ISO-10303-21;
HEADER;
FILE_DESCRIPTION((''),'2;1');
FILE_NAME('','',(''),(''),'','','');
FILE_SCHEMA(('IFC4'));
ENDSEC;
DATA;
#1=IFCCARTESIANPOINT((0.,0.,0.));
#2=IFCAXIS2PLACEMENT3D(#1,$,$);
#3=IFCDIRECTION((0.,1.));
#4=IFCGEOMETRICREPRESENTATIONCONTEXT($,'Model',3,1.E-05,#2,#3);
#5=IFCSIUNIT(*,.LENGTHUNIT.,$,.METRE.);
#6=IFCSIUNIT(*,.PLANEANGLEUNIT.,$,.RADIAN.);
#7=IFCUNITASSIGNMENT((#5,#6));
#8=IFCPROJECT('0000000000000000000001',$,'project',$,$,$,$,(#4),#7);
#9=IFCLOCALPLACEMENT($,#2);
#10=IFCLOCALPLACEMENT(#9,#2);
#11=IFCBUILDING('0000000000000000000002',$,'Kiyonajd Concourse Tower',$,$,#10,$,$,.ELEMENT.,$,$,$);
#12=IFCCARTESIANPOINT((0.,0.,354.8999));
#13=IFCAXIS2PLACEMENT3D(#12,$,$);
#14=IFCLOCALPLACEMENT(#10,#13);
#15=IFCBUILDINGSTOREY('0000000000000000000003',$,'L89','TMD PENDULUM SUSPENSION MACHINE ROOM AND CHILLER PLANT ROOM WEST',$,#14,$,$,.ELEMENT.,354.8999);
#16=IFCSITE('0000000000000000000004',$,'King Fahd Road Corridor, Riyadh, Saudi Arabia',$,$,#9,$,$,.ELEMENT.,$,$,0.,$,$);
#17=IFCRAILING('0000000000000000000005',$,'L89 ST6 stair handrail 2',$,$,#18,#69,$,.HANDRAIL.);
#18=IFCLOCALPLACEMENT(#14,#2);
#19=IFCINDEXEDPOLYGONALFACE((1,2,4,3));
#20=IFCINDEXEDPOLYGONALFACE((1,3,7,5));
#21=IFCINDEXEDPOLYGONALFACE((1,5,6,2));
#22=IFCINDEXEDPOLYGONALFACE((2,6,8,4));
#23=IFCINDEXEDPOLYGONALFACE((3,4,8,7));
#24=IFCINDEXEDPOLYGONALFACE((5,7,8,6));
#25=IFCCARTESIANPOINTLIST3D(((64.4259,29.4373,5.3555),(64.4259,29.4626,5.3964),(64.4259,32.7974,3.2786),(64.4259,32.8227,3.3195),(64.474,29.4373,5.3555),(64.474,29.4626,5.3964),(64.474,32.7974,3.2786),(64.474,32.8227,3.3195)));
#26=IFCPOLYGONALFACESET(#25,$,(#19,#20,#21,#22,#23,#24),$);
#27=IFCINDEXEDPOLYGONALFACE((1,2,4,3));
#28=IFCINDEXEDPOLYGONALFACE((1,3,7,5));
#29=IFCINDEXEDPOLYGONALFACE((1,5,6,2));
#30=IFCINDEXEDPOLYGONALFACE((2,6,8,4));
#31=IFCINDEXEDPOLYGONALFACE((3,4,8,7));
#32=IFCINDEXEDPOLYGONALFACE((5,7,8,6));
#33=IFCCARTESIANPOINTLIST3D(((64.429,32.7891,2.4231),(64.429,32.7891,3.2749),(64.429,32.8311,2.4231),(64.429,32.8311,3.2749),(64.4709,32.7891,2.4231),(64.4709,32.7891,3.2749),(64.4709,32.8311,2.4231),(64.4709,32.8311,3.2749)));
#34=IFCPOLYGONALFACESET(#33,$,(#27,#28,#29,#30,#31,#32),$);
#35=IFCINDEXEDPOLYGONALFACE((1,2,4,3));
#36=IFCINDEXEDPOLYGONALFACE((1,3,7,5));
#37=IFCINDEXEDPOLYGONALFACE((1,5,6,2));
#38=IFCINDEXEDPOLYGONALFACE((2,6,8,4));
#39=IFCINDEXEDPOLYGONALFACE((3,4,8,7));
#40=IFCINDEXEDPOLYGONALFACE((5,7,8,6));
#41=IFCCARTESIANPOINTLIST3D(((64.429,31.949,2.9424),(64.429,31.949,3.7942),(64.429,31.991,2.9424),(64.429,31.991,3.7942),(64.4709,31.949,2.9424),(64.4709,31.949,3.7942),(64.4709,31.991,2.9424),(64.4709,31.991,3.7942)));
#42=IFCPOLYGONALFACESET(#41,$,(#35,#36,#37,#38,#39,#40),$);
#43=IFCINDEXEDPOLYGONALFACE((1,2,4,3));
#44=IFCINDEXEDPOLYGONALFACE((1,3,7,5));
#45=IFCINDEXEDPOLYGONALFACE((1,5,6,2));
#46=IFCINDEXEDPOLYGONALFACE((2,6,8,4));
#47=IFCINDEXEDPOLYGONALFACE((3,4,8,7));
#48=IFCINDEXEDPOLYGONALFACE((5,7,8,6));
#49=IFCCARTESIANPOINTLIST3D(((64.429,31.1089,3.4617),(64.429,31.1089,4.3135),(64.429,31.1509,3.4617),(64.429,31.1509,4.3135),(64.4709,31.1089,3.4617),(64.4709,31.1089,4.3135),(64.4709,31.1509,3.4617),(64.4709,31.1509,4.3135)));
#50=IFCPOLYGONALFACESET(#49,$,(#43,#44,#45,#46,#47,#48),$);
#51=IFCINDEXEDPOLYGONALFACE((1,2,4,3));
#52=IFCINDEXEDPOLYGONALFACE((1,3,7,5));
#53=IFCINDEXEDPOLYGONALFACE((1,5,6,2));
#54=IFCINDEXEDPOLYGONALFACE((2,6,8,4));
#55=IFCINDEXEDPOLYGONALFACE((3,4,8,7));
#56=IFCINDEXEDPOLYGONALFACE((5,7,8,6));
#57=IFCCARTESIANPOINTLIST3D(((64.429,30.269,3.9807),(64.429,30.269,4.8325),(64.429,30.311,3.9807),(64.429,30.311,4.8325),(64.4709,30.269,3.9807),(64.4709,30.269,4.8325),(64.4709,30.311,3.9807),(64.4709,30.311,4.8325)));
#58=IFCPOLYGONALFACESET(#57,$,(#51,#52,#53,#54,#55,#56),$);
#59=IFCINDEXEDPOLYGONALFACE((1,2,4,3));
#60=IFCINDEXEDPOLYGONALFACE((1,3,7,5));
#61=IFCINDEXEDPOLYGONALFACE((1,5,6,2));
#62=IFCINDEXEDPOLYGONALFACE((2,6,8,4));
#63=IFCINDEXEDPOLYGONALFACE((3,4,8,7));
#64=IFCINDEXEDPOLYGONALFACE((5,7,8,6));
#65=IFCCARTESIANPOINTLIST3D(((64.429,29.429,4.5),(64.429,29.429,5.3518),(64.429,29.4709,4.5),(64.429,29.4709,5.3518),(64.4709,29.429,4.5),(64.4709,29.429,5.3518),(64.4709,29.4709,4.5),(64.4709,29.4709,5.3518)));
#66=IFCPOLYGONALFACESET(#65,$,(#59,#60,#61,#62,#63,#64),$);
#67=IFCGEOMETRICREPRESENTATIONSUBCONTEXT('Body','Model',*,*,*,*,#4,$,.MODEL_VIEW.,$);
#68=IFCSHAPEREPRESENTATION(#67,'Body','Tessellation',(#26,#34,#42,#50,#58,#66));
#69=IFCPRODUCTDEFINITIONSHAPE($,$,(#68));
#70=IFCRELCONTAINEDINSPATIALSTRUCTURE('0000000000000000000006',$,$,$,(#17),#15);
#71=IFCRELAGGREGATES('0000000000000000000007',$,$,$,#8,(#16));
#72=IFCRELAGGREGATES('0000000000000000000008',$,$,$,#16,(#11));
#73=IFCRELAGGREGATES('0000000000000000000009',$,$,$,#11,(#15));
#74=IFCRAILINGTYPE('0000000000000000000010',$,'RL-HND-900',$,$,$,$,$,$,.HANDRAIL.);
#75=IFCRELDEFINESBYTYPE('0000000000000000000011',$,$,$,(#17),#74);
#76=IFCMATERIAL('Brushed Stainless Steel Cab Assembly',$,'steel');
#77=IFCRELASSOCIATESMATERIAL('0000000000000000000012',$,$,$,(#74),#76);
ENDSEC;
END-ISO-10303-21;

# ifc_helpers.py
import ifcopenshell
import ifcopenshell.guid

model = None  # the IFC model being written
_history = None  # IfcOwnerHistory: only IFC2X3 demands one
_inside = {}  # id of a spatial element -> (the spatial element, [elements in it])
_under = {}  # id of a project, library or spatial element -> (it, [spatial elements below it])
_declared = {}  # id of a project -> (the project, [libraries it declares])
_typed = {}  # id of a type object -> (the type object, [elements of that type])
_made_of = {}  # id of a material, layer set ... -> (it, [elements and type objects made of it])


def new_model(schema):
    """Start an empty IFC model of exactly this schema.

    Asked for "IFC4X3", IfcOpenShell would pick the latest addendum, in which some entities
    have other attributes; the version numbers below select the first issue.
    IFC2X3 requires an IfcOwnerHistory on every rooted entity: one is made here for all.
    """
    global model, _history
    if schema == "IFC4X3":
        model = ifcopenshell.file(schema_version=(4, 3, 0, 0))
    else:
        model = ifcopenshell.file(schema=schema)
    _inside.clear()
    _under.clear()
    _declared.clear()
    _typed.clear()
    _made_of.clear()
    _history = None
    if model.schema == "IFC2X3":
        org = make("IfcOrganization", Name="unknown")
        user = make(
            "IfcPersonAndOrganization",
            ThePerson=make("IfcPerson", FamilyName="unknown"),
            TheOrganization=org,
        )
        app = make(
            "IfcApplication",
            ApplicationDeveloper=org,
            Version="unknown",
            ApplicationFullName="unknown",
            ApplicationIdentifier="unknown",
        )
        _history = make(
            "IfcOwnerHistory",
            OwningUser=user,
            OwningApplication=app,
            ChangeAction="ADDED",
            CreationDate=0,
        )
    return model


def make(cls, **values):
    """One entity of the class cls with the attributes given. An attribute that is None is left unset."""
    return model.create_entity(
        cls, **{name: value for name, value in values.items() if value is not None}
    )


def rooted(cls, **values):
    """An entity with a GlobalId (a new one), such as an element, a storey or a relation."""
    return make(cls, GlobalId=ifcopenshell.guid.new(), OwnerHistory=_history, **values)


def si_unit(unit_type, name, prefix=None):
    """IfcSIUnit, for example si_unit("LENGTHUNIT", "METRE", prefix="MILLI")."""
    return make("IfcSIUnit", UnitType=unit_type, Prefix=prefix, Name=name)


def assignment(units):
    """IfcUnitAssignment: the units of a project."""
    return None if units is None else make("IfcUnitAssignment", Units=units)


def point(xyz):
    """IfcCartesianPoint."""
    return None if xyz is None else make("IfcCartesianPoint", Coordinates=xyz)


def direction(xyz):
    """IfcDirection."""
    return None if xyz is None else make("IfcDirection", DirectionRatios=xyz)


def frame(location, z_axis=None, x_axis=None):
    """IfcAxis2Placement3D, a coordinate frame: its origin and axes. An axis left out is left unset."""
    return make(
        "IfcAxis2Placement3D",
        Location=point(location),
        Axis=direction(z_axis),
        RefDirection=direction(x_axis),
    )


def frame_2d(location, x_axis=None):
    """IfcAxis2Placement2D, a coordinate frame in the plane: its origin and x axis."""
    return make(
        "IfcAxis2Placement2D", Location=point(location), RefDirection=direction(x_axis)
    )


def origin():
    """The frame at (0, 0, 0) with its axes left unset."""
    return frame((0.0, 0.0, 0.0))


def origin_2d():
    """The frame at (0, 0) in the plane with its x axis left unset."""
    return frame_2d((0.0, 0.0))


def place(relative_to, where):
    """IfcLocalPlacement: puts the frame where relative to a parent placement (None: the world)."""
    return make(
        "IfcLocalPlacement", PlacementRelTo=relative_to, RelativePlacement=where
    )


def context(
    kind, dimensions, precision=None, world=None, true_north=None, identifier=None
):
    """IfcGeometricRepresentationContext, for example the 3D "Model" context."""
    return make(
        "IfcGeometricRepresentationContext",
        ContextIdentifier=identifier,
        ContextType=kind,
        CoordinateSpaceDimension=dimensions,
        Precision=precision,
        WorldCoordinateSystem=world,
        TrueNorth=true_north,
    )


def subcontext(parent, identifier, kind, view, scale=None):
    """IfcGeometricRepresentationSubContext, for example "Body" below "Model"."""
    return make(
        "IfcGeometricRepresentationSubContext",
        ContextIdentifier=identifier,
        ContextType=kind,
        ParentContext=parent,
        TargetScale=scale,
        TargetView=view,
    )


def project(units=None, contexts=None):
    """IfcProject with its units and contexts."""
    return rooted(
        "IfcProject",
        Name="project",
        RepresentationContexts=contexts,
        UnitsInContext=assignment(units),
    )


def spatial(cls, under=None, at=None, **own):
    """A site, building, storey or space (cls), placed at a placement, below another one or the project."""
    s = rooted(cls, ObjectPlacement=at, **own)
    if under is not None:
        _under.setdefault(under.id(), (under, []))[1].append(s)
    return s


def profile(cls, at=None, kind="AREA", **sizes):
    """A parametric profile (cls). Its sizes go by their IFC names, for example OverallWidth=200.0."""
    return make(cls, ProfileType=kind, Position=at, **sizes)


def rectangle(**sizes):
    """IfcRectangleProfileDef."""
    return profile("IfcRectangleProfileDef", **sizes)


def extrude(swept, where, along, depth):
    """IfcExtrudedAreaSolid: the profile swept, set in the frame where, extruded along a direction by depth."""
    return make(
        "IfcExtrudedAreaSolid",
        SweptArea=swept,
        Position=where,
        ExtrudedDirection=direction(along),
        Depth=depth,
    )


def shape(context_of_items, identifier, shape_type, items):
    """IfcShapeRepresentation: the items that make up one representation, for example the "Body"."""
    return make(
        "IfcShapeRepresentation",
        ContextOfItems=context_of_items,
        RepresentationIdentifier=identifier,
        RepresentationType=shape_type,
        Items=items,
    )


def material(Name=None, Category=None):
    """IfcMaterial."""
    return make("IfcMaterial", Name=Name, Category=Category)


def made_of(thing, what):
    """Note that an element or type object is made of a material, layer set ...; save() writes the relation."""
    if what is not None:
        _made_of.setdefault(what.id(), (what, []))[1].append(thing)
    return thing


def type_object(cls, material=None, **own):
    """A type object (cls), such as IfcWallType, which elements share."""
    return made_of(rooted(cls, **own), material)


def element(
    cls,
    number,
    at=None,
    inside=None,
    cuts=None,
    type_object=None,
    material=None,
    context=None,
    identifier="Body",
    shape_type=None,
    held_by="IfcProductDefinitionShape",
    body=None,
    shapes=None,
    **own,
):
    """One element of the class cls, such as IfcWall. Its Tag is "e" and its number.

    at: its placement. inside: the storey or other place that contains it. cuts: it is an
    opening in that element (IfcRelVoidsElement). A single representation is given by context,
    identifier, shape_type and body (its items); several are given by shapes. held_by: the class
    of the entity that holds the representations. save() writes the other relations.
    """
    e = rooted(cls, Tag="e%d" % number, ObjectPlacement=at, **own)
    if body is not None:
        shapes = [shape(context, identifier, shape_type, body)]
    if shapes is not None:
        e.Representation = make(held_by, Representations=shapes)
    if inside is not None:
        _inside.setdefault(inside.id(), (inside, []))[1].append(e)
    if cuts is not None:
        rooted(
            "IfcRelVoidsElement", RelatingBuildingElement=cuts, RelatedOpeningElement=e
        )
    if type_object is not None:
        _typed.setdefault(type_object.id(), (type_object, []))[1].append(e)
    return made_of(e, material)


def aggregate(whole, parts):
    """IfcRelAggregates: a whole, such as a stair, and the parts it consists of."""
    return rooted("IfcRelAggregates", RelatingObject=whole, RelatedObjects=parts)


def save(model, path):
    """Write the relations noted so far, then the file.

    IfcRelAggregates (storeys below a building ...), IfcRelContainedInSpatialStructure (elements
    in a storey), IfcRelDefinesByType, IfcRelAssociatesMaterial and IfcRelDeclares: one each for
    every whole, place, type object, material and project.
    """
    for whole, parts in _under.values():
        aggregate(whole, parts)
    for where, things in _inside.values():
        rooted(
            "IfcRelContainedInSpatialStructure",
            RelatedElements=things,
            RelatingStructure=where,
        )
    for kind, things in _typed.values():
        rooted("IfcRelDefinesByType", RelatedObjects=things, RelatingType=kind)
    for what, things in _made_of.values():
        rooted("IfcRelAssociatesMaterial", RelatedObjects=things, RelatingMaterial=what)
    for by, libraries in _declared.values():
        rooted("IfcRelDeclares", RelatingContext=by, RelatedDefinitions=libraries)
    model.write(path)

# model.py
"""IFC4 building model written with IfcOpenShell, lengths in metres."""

from ifc_helpers import new_model, si_unit, direction, frame, origin, origin_2d, place, context, subcontext, project, spatial, rectangle, extrude, material, type_object, element, save


model = new_model("IFC4")

# Units and contexts
model_context = context("Model", 3, precision=1e-05, world=origin(), true_north=direction((0.0, 1.0)))
body_context = subcontext(model_context, "Body", "Model", "MODEL_VIEW")
ifc_project = project(units=[si_unit("LENGTHUNIT", "METRE"), si_unit("PLANEANGLEUNIT", "RADIAN")], contexts=[model_context])

# Site, building, storey
site_placement = place(None, origin())
site = spatial("IfcSite", under=ifc_project, at=site_placement, Name="King Fahd Road Corridor, Riyadh, Saudi Arabia", CompositionType="ELEMENT", RefElevation=0.0)
building_placement = place(site_placement, origin())
building = spatial("IfcBuilding", under=site, at=building_placement, Name="Kiyonajd Concourse Tower", CompositionType="ELEMENT")
storey_placement = place(building_placement, frame((0.0, 0.0, 354.8999)))
storey = spatial("IfcBuildingStorey", under=building, at=storey_placement, Name="L89", Description="TMD PENDULUM SUSPENSION MACHINE ROOM AND CHILLER PLANT ROOM WEST", CompositionType="ELEMENT", Elevation=354.8999)

# Shared definitions
ifc_material_1 = material(Name="Brushed Stainless Steel Cab Assembly", Category="steel")

# Railing
railing_type_1 = type_object("IfcRailingType", Name="RL-HND-900", PredefinedType="HANDRAIL", material=ifc_material_1)
railing_1_placement = place(storey_placement, frame((64.45, 32.8101, 2.4231)))
element("IfcRailing", 1, at=railing_1_placement, inside=storey, type_object=railing_type_1, Name="L89 ST6 stair handrail 2", PredefinedType="HANDRAIL", context=body_context, shape_type="SweptSolid", body=[
    extrude(rectangle(XDim=0.0481, YDim=0.0481, at=origin_2d()), frame((0.0, 0.0, 0.876), z_axis=(0.0, -0.850623, 0.525776), x_axis=(1.0, 0.0, 0.0)), (0.0, 0.0, 1.0), 3.9502),
    extrude(rectangle(XDim=0.042, YDim=0.042, at=origin_2d()), origin(), (0.0, 0.0, 1.0), 0.8518),
    extrude(rectangle(XDim=0.042, YDim=0.042, at=origin_2d()), frame((0.0, -0.8401, 0.5193)), (0.0, 0.0, 1.0), 0.8518),
    extrude(rectangle(XDim=0.042, YDim=0.042, at=origin_2d()), frame((0.0, -1.6802, 1.0386)), (0.0, 0.0, 1.0), 0.8518),
    extrude(rectangle(XDim=0.042, YDim=0.042, at=origin_2d()), frame((0.0, -2.52, 1.5576)), (0.0, 0.0, 1.0), 0.8518),
    extrude(rectangle(XDim=0.042, YDim=0.042, at=origin_2d()), frame((0.0, -3.3601, 2.0769)), (0.0, 0.0, 1.0), 0.8518),
])

save(model, "model.ifc")
